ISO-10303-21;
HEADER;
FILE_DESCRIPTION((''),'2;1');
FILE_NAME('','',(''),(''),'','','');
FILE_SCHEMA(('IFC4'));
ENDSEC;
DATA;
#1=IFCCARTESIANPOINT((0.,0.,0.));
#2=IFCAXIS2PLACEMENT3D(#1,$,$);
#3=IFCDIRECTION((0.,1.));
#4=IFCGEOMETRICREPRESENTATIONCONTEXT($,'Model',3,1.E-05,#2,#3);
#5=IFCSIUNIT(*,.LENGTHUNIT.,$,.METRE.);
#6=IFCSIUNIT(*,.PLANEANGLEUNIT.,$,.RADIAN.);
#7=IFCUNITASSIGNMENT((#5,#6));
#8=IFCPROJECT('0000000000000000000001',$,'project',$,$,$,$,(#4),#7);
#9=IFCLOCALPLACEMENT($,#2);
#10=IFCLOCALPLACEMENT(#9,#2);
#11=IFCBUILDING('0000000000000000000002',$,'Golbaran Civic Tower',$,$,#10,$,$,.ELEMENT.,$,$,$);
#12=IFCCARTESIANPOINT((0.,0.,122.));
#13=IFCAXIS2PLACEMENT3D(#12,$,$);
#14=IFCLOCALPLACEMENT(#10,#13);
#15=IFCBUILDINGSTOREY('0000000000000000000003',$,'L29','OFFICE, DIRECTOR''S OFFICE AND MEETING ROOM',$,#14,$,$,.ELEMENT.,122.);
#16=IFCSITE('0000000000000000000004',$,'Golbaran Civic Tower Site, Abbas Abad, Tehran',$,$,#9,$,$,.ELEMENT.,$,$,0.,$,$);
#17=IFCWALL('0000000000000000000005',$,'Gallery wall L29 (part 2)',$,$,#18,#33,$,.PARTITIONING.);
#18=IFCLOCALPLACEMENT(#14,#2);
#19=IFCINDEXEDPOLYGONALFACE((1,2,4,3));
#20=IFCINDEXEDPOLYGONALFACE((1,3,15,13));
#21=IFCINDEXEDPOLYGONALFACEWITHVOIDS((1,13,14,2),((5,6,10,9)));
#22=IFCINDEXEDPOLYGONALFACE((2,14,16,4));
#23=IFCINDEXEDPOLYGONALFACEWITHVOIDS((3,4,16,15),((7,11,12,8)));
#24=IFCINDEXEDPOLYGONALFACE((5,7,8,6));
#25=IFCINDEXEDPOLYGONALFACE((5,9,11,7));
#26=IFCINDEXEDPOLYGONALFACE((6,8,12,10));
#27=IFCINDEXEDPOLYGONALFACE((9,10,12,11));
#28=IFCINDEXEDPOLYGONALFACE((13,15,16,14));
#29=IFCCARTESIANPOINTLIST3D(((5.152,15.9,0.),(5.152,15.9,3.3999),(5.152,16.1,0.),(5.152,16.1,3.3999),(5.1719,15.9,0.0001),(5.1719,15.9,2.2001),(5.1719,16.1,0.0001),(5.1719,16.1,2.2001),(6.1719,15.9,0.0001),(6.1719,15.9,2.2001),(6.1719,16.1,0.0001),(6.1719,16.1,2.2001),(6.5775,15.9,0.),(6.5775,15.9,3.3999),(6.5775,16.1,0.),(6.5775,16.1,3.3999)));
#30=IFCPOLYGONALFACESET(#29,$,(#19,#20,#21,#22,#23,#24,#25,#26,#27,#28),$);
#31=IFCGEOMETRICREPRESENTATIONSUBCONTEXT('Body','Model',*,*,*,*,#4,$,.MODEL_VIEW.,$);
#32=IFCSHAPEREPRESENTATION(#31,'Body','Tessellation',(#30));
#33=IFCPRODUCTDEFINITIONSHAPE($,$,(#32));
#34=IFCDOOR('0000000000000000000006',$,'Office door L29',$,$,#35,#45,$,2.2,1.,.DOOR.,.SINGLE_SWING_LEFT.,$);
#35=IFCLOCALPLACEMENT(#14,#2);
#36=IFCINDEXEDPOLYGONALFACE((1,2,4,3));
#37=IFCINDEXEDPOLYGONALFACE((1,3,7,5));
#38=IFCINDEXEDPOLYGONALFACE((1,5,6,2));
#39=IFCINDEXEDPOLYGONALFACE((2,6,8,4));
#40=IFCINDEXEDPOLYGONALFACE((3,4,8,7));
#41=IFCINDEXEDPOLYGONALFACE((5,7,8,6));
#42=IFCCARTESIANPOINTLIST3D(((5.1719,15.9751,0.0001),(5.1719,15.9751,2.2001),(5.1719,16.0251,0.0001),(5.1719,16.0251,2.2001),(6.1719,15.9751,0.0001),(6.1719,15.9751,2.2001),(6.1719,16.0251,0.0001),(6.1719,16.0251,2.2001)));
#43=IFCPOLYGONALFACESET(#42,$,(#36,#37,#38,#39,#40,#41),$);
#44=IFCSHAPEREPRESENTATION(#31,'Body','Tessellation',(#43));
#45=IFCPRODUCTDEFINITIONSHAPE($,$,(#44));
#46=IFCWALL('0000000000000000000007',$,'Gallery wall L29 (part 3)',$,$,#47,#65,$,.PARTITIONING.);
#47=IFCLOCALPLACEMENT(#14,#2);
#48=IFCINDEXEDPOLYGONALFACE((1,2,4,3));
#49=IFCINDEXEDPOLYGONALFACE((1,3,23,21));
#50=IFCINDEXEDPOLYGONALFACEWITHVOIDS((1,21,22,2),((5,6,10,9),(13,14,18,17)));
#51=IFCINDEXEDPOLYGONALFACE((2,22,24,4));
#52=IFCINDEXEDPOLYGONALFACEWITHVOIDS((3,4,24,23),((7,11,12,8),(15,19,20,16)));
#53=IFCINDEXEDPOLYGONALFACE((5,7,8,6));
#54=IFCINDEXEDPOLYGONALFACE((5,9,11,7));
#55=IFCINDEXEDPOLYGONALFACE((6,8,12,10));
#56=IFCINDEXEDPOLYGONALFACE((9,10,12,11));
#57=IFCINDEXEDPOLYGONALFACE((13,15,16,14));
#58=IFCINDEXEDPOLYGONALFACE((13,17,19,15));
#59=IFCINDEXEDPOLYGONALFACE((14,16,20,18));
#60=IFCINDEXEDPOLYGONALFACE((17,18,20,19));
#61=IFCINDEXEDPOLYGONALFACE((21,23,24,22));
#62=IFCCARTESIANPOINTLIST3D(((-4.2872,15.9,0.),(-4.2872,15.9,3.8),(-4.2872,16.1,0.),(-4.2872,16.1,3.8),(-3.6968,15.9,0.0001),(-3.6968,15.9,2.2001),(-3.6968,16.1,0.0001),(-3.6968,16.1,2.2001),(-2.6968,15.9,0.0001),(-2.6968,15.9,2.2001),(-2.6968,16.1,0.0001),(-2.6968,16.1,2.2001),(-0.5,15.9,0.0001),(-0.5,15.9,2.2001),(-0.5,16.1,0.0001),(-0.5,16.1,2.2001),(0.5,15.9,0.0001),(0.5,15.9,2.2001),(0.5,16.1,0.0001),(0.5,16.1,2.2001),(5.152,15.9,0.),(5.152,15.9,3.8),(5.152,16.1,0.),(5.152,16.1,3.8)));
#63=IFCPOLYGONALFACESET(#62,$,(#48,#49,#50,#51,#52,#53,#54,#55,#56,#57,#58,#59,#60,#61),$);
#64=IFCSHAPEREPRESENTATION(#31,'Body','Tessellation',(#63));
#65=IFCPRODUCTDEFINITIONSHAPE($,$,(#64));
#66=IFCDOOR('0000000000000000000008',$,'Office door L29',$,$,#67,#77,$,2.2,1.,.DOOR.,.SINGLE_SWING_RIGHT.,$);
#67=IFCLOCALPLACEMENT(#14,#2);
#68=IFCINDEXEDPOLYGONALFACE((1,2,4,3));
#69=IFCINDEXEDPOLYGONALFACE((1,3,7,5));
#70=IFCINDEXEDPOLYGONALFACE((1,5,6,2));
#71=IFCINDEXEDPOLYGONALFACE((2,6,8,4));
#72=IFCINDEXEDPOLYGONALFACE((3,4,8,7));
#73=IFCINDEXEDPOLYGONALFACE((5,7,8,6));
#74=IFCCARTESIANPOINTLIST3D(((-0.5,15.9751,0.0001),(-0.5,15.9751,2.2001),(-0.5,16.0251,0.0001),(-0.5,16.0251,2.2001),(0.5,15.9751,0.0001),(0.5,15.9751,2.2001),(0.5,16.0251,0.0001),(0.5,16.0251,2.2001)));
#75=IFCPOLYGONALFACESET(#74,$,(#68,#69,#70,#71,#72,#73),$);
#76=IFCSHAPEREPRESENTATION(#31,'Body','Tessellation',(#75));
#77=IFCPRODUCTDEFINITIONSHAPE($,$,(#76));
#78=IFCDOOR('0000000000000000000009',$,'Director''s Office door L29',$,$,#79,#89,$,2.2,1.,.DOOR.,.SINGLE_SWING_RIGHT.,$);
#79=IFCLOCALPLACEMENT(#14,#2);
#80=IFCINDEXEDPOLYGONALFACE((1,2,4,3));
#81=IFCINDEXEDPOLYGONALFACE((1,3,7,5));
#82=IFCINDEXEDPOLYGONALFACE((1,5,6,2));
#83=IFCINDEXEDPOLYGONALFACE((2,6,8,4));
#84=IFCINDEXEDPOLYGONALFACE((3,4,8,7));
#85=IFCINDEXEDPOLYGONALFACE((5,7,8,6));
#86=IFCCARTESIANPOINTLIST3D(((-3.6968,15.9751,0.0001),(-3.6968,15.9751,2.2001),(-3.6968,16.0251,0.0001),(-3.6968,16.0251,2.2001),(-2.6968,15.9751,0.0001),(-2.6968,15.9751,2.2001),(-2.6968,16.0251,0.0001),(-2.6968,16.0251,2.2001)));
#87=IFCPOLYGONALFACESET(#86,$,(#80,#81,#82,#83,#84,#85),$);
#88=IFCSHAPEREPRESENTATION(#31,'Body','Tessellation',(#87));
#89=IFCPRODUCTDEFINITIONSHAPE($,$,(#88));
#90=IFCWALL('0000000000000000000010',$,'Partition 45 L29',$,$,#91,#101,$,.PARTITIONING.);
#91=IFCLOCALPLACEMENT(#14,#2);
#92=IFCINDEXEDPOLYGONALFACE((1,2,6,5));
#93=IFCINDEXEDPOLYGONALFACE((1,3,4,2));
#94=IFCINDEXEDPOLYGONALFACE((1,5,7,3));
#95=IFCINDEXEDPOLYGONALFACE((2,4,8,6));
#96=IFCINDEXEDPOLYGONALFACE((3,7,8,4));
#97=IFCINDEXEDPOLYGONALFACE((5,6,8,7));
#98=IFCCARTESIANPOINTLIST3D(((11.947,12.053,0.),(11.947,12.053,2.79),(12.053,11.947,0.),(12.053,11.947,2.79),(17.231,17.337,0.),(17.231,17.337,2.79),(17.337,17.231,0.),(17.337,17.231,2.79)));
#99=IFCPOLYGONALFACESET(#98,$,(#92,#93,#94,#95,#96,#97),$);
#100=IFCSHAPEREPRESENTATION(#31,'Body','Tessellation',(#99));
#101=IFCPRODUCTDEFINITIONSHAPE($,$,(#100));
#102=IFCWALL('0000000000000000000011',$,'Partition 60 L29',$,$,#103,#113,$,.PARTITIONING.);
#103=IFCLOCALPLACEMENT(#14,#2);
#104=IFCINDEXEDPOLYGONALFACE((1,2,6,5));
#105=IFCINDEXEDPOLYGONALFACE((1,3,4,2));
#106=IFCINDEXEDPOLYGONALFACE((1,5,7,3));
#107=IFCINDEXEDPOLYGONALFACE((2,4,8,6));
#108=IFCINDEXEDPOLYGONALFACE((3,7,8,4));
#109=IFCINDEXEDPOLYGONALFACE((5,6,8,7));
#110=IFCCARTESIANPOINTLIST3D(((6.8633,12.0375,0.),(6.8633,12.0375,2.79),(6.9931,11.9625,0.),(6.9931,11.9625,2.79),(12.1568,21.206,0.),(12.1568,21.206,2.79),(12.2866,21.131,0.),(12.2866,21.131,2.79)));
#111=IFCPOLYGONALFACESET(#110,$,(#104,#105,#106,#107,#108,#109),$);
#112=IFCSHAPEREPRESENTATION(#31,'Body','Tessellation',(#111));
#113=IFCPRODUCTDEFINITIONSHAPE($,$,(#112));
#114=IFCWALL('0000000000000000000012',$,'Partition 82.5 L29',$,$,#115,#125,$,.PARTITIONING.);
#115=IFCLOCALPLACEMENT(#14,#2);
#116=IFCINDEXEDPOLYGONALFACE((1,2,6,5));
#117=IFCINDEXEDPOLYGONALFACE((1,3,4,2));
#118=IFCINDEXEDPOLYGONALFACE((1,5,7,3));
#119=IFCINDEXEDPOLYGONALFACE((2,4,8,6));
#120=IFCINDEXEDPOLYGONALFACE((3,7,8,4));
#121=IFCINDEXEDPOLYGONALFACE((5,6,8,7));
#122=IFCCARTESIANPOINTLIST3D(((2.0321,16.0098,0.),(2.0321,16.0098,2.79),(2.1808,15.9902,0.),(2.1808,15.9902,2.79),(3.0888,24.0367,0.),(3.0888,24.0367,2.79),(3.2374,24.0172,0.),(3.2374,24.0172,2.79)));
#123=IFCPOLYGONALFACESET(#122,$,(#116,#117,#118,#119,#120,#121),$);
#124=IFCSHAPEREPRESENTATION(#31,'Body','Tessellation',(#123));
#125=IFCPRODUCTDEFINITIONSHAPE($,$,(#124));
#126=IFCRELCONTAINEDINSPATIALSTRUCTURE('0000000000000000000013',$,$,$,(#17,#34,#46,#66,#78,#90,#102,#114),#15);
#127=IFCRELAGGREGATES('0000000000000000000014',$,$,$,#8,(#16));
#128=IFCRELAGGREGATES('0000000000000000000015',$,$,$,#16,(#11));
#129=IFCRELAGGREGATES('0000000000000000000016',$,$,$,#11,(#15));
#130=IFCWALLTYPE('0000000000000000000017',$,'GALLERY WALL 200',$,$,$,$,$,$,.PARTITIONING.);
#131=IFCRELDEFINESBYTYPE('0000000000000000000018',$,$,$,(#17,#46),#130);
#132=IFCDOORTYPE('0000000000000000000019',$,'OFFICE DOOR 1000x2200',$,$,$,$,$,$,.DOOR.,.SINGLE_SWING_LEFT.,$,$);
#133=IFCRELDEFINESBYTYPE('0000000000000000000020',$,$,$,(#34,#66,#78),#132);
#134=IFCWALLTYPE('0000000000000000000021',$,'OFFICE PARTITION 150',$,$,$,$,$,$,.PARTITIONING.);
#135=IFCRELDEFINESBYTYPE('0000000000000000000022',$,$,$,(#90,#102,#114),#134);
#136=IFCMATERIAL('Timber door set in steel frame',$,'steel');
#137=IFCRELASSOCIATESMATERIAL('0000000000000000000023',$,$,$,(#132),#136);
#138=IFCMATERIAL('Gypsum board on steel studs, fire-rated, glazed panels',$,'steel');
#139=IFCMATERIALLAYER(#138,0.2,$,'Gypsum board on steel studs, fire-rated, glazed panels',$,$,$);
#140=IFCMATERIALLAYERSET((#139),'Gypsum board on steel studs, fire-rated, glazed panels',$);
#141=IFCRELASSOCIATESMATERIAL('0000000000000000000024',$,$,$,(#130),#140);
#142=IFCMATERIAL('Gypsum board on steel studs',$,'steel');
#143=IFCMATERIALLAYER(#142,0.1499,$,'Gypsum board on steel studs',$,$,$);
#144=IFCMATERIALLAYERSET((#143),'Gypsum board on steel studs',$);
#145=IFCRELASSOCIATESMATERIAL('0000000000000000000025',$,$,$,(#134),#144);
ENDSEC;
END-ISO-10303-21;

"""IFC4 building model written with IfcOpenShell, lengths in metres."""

from ifc_helpers import new_model, si_unit, direction, frame, frame_2d, origin, place, context, subcontext, project, spatial, rectangle, extrude, material, layer, layer_set, type_object, element, fill, save


model = new_model("IFC4")

# Units and contexts
model_context = context("Model", 3, precision=1e-05, world=origin(), true_north=direction((0.0, 1.0)))
body_context = subcontext(model_context, "Body", "Model", "MODEL_VIEW")
ifc_project = project(units=[si_unit("LENGTHUNIT", "METRE"), si_unit("PLANEANGLEUNIT", "RADIAN")], contexts=[model_context])

# Site, building, storey
site_placement = place(None, origin())
site = spatial("IfcSite", under=ifc_project, at=site_placement, Name="Golbaran Civic Tower Site, Abbas Abad, Tehran", CompositionType="ELEMENT", RefElevation=0.0)
building_placement = place(site_placement, origin())
building = spatial("IfcBuilding", under=site, at=building_placement, Name="Golbaran Civic Tower", CompositionType="ELEMENT")
storey_placement = place(building_placement, frame((0.0, 0.0, 122.0)))
storey = spatial("IfcBuildingStorey", under=building, at=storey_placement, Name="L29", Description="OFFICE, DIRECTOR'S OFFICE AND MEETING ROOM", CompositionType="ELEMENT", Elevation=122.0)

# Shared definitions
ifc_material_1 = material(Name="Timber door set in steel frame", Category="steel")
door_type = type_object("IfcDoorType", Name="OFFICE DOOR 1000x2200", OperationType="SINGLE_SWING_LEFT", PredefinedType="DOOR", material=ifc_material_1)

# Shared definitions
ifc_material_2 = material(Name="Gypsum board on steel studs, fire-rated, glazed panels", Category="steel")
ifc_layer_1 = layer(ifc_material_2, 0.2, Name="Gypsum board on steel studs, fire-rated, glazed panels")
ifc_layer_set_1 = layer_set([ifc_layer_1], Name="Gypsum board on steel studs, fire-rated, glazed panels")
wall_type_1 = type_object("IfcWallType", Name="GALLERY WALL 200", PredefinedType="PARTITIONING", material=ifc_layer_set_1)

# Wall, opening, door
wall_1_placement = place(storey_placement, frame((6.5776, 16.0, 0.0), z_axis=(0.0, 0.0, 1.0), x_axis=(-1.0, 0.0, 0.0)))
wall_1 = element("IfcWall", 1, at=wall_1_placement, inside=storey, type_object=wall_type_1, Name="Gallery wall L29 (part 2)", PredefinedType="PARTITIONING", context=body_context, shape_type="SweptSolid", body=[
    extrude(rectangle(XDim=1.4255, YDim=0.2, at=frame_2d((0.7129, 0.0))), origin(), (0.0, 0.0, 1.0), 3.3999),
])
opening_1_placement = place(wall_1_placement, frame((0.4058, 0.0, 0.0)))
opening_1 = element("IfcOpeningElement", 2, at=opening_1_placement, cuts=wall_1, PredefinedType="OPENING", context=body_context, shape_type="SweptSolid", body=[
    extrude(rectangle(XDim=1.0, YDim=2.2, at=frame_2d((0.5, 1.1001))), frame((0.0, 0.1099, 0.0), z_axis=(0.0, -1.0, 0.0), x_axis=(1.0, 0.0, 0.0)), (0.0, 0.0, 1.0), 0.22),
])
door_1_placement = place(opening_1_placement, origin())
door_1 = element("IfcDoor", 3, at=door_1_placement, inside=storey, type_object=door_type, Name="Office door L29", OperationType="SINGLE_SWING_LEFT", OverallHeight=2.2, OverallWidth=1.0, PredefinedType="DOOR", context=body_context, shape_type="SweptSolid", body=[
    extrude(rectangle(XDim=1.0, YDim=2.2, at=frame_2d((0.5, 1.1001))), frame((0.0, 0.0249, 0.0), z_axis=(0.0, -1.0, 0.0), x_axis=(1.0, 0.0, 0.0)), (0.0, 0.0, 1.0), 0.05),
])
fill(opening_1, door_1)

# Wall, openings, doors
wall_2_placement = place(storey_placement, frame((5.1521, 16.0, 0.0), z_axis=(0.0, 0.0, 1.0), x_axis=(-1.0, 0.0, 0.0)))
wall_2 = element("IfcWall", 4, at=wall_2_placement, inside=storey, type_object=wall_type_1, Name="Gallery wall L29 (part 3)", PredefinedType="PARTITIONING", context=body_context, shape_type="SweptSolid", body=[
    extrude(rectangle(XDim=9.4392, YDim=0.2, at=frame_2d((4.7197, 0.0))), origin(), (0.0, 0.0, 1.0), 3.8),
])
opening_2_placement = place(wall_2_placement, frame((4.6521, 0.0, 0.0)))
opening_2 = element("IfcOpeningElement", 5, at=opening_2_placement, cuts=wall_2, PredefinedType="OPENING", context=body_context, shape_type="SweptSolid", body=[
    extrude(rectangle(XDim=1.0, YDim=2.2, at=frame_2d((0.5, 1.1001))), frame((0.0, 0.1099, 0.0), z_axis=(0.0, -1.0, 0.0), x_axis=(1.0, 0.0, 0.0)), (0.0, 0.0, 1.0), 0.22),
])
opening_3_placement = place(wall_2_placement, frame((7.8489, 0.0, 0.0)))
opening_3 = element("IfcOpeningElement", 6, at=opening_3_placement, cuts=wall_2, PredefinedType="OPENING", context=body_context, shape_type="SweptSolid", body=[
    extrude(rectangle(XDim=1.0, YDim=2.2, at=frame_2d((0.5, 1.1001))), frame((0.0, 0.1099, 0.0), z_axis=(0.0, -1.0, 0.0), x_axis=(1.0, 0.0, 0.0)), (0.0, 0.0, 1.0), 0.22),
])
door_2_placement = place(opening_2_placement, origin())
door_2 = element("IfcDoor", 7, at=door_2_placement, inside=storey, type_object=door_type, Name="Office door L29", OperationType="SINGLE_SWING_RIGHT", OverallHeight=2.2, OverallWidth=1.0, PredefinedType="DOOR", context=body_context, shape_type="SweptSolid", body=[
    extrude(rectangle(XDim=1.0, YDim=2.2, at=frame_2d((0.5, 1.1001))), frame((0.0, 0.0249, 0.0), z_axis=(0.0, -1.0, 0.0), x_axis=(1.0, 0.0, 0.0)), (0.0, 0.0, 1.0), 0.05),
])
fill(opening_2, door_2)
door_3_placement = place(opening_3_placement, origin())
door_3 = element("IfcDoor", 8, at=door_3_placement, inside=storey, type_object=door_type, Name="Director's Office door L29", OperationType="SINGLE_SWING_RIGHT", OverallHeight=2.2, OverallWidth=1.0, PredefinedType="DOOR", context=body_context, shape_type="SweptSolid", body=[
    extrude(rectangle(XDim=1.0, YDim=2.2, at=frame_2d((0.5, 1.1001))), frame((0.0, 0.0249, 0.0), z_axis=(0.0, -1.0, 0.0), x_axis=(1.0, 0.0, 0.0)), (0.0, 0.0, 1.0), 0.05),
])
fill(opening_3, door_3)

# Walls
ifc_material_3 = material(Name="Gypsum board on steel studs", Category="steel")
ifc_layer_2 = layer(ifc_material_3, 0.1499, Name="Gypsum board on steel studs")
ifc_layer_set_2 = layer_set([ifc_layer_2], Name="Gypsum board on steel studs")
wall_type_2 = type_object("IfcWallType", Name="OFFICE PARTITION 150", PredefinedType="PARTITIONING", material=ifc_layer_set_2)
wall_3_placement = place(storey_placement, frame((12.0, 12.0, 0.0), z_axis=(0.0, 0.0, 1.0), x_axis=(0.707107, 0.707107, 0.0)))
element("IfcWall", 9, at=wall_3_placement, inside=storey, type_object=wall_type_2, Name="Partition 45 L29", PredefinedType="PARTITIONING", context=body_context, shape_type="SweptSolid", body=[
    extrude(rectangle(XDim=7.4727, YDim=0.1499, at=frame_2d((3.7363, 0.0))), origin(), (0.0, 0.0, 1.0), 2.79),
])
wall_4_placement = place(storey_placement, frame((6.9282, 12.0, 0.0), z_axis=(0.0, 0.0, 1.0), x_axis=(0.500003, 0.866024, 0.0)))
element("IfcWall", 10, at=wall_4_placement, inside=storey, type_object=wall_type_2, Name="Partition 60 L29", PredefinedType="PARTITIONING", context=body_context, shape_type="SweptSolid", body=[
    extrude(rectangle(XDim=10.5869, YDim=0.1499, at=frame_2d((5.2935, 0.0))), origin(), (0.0, 0.0, 1.0), 2.79),
])
wall_5_placement = place(storey_placement, frame((2.1064, 16.0, 0.0), z_axis=(0.0, 0.0, 1.0), x_axis=(0.130512, 0.991447, 0.0)))
element("IfcWall", 11, at=wall_5_placement, inside=storey, type_object=wall_type_2, Name="Partition 82.5 L29", PredefinedType="PARTITIONING", context=body_context, shape_type="SweptSolid", body=[
    extrude(rectangle(XDim=8.0962, YDim=0.1499, at=frame_2d((4.0481, 0.0))), origin(), (0.0, 0.0, 1.0), 2.79),
])

save(model, "model.ifc")
